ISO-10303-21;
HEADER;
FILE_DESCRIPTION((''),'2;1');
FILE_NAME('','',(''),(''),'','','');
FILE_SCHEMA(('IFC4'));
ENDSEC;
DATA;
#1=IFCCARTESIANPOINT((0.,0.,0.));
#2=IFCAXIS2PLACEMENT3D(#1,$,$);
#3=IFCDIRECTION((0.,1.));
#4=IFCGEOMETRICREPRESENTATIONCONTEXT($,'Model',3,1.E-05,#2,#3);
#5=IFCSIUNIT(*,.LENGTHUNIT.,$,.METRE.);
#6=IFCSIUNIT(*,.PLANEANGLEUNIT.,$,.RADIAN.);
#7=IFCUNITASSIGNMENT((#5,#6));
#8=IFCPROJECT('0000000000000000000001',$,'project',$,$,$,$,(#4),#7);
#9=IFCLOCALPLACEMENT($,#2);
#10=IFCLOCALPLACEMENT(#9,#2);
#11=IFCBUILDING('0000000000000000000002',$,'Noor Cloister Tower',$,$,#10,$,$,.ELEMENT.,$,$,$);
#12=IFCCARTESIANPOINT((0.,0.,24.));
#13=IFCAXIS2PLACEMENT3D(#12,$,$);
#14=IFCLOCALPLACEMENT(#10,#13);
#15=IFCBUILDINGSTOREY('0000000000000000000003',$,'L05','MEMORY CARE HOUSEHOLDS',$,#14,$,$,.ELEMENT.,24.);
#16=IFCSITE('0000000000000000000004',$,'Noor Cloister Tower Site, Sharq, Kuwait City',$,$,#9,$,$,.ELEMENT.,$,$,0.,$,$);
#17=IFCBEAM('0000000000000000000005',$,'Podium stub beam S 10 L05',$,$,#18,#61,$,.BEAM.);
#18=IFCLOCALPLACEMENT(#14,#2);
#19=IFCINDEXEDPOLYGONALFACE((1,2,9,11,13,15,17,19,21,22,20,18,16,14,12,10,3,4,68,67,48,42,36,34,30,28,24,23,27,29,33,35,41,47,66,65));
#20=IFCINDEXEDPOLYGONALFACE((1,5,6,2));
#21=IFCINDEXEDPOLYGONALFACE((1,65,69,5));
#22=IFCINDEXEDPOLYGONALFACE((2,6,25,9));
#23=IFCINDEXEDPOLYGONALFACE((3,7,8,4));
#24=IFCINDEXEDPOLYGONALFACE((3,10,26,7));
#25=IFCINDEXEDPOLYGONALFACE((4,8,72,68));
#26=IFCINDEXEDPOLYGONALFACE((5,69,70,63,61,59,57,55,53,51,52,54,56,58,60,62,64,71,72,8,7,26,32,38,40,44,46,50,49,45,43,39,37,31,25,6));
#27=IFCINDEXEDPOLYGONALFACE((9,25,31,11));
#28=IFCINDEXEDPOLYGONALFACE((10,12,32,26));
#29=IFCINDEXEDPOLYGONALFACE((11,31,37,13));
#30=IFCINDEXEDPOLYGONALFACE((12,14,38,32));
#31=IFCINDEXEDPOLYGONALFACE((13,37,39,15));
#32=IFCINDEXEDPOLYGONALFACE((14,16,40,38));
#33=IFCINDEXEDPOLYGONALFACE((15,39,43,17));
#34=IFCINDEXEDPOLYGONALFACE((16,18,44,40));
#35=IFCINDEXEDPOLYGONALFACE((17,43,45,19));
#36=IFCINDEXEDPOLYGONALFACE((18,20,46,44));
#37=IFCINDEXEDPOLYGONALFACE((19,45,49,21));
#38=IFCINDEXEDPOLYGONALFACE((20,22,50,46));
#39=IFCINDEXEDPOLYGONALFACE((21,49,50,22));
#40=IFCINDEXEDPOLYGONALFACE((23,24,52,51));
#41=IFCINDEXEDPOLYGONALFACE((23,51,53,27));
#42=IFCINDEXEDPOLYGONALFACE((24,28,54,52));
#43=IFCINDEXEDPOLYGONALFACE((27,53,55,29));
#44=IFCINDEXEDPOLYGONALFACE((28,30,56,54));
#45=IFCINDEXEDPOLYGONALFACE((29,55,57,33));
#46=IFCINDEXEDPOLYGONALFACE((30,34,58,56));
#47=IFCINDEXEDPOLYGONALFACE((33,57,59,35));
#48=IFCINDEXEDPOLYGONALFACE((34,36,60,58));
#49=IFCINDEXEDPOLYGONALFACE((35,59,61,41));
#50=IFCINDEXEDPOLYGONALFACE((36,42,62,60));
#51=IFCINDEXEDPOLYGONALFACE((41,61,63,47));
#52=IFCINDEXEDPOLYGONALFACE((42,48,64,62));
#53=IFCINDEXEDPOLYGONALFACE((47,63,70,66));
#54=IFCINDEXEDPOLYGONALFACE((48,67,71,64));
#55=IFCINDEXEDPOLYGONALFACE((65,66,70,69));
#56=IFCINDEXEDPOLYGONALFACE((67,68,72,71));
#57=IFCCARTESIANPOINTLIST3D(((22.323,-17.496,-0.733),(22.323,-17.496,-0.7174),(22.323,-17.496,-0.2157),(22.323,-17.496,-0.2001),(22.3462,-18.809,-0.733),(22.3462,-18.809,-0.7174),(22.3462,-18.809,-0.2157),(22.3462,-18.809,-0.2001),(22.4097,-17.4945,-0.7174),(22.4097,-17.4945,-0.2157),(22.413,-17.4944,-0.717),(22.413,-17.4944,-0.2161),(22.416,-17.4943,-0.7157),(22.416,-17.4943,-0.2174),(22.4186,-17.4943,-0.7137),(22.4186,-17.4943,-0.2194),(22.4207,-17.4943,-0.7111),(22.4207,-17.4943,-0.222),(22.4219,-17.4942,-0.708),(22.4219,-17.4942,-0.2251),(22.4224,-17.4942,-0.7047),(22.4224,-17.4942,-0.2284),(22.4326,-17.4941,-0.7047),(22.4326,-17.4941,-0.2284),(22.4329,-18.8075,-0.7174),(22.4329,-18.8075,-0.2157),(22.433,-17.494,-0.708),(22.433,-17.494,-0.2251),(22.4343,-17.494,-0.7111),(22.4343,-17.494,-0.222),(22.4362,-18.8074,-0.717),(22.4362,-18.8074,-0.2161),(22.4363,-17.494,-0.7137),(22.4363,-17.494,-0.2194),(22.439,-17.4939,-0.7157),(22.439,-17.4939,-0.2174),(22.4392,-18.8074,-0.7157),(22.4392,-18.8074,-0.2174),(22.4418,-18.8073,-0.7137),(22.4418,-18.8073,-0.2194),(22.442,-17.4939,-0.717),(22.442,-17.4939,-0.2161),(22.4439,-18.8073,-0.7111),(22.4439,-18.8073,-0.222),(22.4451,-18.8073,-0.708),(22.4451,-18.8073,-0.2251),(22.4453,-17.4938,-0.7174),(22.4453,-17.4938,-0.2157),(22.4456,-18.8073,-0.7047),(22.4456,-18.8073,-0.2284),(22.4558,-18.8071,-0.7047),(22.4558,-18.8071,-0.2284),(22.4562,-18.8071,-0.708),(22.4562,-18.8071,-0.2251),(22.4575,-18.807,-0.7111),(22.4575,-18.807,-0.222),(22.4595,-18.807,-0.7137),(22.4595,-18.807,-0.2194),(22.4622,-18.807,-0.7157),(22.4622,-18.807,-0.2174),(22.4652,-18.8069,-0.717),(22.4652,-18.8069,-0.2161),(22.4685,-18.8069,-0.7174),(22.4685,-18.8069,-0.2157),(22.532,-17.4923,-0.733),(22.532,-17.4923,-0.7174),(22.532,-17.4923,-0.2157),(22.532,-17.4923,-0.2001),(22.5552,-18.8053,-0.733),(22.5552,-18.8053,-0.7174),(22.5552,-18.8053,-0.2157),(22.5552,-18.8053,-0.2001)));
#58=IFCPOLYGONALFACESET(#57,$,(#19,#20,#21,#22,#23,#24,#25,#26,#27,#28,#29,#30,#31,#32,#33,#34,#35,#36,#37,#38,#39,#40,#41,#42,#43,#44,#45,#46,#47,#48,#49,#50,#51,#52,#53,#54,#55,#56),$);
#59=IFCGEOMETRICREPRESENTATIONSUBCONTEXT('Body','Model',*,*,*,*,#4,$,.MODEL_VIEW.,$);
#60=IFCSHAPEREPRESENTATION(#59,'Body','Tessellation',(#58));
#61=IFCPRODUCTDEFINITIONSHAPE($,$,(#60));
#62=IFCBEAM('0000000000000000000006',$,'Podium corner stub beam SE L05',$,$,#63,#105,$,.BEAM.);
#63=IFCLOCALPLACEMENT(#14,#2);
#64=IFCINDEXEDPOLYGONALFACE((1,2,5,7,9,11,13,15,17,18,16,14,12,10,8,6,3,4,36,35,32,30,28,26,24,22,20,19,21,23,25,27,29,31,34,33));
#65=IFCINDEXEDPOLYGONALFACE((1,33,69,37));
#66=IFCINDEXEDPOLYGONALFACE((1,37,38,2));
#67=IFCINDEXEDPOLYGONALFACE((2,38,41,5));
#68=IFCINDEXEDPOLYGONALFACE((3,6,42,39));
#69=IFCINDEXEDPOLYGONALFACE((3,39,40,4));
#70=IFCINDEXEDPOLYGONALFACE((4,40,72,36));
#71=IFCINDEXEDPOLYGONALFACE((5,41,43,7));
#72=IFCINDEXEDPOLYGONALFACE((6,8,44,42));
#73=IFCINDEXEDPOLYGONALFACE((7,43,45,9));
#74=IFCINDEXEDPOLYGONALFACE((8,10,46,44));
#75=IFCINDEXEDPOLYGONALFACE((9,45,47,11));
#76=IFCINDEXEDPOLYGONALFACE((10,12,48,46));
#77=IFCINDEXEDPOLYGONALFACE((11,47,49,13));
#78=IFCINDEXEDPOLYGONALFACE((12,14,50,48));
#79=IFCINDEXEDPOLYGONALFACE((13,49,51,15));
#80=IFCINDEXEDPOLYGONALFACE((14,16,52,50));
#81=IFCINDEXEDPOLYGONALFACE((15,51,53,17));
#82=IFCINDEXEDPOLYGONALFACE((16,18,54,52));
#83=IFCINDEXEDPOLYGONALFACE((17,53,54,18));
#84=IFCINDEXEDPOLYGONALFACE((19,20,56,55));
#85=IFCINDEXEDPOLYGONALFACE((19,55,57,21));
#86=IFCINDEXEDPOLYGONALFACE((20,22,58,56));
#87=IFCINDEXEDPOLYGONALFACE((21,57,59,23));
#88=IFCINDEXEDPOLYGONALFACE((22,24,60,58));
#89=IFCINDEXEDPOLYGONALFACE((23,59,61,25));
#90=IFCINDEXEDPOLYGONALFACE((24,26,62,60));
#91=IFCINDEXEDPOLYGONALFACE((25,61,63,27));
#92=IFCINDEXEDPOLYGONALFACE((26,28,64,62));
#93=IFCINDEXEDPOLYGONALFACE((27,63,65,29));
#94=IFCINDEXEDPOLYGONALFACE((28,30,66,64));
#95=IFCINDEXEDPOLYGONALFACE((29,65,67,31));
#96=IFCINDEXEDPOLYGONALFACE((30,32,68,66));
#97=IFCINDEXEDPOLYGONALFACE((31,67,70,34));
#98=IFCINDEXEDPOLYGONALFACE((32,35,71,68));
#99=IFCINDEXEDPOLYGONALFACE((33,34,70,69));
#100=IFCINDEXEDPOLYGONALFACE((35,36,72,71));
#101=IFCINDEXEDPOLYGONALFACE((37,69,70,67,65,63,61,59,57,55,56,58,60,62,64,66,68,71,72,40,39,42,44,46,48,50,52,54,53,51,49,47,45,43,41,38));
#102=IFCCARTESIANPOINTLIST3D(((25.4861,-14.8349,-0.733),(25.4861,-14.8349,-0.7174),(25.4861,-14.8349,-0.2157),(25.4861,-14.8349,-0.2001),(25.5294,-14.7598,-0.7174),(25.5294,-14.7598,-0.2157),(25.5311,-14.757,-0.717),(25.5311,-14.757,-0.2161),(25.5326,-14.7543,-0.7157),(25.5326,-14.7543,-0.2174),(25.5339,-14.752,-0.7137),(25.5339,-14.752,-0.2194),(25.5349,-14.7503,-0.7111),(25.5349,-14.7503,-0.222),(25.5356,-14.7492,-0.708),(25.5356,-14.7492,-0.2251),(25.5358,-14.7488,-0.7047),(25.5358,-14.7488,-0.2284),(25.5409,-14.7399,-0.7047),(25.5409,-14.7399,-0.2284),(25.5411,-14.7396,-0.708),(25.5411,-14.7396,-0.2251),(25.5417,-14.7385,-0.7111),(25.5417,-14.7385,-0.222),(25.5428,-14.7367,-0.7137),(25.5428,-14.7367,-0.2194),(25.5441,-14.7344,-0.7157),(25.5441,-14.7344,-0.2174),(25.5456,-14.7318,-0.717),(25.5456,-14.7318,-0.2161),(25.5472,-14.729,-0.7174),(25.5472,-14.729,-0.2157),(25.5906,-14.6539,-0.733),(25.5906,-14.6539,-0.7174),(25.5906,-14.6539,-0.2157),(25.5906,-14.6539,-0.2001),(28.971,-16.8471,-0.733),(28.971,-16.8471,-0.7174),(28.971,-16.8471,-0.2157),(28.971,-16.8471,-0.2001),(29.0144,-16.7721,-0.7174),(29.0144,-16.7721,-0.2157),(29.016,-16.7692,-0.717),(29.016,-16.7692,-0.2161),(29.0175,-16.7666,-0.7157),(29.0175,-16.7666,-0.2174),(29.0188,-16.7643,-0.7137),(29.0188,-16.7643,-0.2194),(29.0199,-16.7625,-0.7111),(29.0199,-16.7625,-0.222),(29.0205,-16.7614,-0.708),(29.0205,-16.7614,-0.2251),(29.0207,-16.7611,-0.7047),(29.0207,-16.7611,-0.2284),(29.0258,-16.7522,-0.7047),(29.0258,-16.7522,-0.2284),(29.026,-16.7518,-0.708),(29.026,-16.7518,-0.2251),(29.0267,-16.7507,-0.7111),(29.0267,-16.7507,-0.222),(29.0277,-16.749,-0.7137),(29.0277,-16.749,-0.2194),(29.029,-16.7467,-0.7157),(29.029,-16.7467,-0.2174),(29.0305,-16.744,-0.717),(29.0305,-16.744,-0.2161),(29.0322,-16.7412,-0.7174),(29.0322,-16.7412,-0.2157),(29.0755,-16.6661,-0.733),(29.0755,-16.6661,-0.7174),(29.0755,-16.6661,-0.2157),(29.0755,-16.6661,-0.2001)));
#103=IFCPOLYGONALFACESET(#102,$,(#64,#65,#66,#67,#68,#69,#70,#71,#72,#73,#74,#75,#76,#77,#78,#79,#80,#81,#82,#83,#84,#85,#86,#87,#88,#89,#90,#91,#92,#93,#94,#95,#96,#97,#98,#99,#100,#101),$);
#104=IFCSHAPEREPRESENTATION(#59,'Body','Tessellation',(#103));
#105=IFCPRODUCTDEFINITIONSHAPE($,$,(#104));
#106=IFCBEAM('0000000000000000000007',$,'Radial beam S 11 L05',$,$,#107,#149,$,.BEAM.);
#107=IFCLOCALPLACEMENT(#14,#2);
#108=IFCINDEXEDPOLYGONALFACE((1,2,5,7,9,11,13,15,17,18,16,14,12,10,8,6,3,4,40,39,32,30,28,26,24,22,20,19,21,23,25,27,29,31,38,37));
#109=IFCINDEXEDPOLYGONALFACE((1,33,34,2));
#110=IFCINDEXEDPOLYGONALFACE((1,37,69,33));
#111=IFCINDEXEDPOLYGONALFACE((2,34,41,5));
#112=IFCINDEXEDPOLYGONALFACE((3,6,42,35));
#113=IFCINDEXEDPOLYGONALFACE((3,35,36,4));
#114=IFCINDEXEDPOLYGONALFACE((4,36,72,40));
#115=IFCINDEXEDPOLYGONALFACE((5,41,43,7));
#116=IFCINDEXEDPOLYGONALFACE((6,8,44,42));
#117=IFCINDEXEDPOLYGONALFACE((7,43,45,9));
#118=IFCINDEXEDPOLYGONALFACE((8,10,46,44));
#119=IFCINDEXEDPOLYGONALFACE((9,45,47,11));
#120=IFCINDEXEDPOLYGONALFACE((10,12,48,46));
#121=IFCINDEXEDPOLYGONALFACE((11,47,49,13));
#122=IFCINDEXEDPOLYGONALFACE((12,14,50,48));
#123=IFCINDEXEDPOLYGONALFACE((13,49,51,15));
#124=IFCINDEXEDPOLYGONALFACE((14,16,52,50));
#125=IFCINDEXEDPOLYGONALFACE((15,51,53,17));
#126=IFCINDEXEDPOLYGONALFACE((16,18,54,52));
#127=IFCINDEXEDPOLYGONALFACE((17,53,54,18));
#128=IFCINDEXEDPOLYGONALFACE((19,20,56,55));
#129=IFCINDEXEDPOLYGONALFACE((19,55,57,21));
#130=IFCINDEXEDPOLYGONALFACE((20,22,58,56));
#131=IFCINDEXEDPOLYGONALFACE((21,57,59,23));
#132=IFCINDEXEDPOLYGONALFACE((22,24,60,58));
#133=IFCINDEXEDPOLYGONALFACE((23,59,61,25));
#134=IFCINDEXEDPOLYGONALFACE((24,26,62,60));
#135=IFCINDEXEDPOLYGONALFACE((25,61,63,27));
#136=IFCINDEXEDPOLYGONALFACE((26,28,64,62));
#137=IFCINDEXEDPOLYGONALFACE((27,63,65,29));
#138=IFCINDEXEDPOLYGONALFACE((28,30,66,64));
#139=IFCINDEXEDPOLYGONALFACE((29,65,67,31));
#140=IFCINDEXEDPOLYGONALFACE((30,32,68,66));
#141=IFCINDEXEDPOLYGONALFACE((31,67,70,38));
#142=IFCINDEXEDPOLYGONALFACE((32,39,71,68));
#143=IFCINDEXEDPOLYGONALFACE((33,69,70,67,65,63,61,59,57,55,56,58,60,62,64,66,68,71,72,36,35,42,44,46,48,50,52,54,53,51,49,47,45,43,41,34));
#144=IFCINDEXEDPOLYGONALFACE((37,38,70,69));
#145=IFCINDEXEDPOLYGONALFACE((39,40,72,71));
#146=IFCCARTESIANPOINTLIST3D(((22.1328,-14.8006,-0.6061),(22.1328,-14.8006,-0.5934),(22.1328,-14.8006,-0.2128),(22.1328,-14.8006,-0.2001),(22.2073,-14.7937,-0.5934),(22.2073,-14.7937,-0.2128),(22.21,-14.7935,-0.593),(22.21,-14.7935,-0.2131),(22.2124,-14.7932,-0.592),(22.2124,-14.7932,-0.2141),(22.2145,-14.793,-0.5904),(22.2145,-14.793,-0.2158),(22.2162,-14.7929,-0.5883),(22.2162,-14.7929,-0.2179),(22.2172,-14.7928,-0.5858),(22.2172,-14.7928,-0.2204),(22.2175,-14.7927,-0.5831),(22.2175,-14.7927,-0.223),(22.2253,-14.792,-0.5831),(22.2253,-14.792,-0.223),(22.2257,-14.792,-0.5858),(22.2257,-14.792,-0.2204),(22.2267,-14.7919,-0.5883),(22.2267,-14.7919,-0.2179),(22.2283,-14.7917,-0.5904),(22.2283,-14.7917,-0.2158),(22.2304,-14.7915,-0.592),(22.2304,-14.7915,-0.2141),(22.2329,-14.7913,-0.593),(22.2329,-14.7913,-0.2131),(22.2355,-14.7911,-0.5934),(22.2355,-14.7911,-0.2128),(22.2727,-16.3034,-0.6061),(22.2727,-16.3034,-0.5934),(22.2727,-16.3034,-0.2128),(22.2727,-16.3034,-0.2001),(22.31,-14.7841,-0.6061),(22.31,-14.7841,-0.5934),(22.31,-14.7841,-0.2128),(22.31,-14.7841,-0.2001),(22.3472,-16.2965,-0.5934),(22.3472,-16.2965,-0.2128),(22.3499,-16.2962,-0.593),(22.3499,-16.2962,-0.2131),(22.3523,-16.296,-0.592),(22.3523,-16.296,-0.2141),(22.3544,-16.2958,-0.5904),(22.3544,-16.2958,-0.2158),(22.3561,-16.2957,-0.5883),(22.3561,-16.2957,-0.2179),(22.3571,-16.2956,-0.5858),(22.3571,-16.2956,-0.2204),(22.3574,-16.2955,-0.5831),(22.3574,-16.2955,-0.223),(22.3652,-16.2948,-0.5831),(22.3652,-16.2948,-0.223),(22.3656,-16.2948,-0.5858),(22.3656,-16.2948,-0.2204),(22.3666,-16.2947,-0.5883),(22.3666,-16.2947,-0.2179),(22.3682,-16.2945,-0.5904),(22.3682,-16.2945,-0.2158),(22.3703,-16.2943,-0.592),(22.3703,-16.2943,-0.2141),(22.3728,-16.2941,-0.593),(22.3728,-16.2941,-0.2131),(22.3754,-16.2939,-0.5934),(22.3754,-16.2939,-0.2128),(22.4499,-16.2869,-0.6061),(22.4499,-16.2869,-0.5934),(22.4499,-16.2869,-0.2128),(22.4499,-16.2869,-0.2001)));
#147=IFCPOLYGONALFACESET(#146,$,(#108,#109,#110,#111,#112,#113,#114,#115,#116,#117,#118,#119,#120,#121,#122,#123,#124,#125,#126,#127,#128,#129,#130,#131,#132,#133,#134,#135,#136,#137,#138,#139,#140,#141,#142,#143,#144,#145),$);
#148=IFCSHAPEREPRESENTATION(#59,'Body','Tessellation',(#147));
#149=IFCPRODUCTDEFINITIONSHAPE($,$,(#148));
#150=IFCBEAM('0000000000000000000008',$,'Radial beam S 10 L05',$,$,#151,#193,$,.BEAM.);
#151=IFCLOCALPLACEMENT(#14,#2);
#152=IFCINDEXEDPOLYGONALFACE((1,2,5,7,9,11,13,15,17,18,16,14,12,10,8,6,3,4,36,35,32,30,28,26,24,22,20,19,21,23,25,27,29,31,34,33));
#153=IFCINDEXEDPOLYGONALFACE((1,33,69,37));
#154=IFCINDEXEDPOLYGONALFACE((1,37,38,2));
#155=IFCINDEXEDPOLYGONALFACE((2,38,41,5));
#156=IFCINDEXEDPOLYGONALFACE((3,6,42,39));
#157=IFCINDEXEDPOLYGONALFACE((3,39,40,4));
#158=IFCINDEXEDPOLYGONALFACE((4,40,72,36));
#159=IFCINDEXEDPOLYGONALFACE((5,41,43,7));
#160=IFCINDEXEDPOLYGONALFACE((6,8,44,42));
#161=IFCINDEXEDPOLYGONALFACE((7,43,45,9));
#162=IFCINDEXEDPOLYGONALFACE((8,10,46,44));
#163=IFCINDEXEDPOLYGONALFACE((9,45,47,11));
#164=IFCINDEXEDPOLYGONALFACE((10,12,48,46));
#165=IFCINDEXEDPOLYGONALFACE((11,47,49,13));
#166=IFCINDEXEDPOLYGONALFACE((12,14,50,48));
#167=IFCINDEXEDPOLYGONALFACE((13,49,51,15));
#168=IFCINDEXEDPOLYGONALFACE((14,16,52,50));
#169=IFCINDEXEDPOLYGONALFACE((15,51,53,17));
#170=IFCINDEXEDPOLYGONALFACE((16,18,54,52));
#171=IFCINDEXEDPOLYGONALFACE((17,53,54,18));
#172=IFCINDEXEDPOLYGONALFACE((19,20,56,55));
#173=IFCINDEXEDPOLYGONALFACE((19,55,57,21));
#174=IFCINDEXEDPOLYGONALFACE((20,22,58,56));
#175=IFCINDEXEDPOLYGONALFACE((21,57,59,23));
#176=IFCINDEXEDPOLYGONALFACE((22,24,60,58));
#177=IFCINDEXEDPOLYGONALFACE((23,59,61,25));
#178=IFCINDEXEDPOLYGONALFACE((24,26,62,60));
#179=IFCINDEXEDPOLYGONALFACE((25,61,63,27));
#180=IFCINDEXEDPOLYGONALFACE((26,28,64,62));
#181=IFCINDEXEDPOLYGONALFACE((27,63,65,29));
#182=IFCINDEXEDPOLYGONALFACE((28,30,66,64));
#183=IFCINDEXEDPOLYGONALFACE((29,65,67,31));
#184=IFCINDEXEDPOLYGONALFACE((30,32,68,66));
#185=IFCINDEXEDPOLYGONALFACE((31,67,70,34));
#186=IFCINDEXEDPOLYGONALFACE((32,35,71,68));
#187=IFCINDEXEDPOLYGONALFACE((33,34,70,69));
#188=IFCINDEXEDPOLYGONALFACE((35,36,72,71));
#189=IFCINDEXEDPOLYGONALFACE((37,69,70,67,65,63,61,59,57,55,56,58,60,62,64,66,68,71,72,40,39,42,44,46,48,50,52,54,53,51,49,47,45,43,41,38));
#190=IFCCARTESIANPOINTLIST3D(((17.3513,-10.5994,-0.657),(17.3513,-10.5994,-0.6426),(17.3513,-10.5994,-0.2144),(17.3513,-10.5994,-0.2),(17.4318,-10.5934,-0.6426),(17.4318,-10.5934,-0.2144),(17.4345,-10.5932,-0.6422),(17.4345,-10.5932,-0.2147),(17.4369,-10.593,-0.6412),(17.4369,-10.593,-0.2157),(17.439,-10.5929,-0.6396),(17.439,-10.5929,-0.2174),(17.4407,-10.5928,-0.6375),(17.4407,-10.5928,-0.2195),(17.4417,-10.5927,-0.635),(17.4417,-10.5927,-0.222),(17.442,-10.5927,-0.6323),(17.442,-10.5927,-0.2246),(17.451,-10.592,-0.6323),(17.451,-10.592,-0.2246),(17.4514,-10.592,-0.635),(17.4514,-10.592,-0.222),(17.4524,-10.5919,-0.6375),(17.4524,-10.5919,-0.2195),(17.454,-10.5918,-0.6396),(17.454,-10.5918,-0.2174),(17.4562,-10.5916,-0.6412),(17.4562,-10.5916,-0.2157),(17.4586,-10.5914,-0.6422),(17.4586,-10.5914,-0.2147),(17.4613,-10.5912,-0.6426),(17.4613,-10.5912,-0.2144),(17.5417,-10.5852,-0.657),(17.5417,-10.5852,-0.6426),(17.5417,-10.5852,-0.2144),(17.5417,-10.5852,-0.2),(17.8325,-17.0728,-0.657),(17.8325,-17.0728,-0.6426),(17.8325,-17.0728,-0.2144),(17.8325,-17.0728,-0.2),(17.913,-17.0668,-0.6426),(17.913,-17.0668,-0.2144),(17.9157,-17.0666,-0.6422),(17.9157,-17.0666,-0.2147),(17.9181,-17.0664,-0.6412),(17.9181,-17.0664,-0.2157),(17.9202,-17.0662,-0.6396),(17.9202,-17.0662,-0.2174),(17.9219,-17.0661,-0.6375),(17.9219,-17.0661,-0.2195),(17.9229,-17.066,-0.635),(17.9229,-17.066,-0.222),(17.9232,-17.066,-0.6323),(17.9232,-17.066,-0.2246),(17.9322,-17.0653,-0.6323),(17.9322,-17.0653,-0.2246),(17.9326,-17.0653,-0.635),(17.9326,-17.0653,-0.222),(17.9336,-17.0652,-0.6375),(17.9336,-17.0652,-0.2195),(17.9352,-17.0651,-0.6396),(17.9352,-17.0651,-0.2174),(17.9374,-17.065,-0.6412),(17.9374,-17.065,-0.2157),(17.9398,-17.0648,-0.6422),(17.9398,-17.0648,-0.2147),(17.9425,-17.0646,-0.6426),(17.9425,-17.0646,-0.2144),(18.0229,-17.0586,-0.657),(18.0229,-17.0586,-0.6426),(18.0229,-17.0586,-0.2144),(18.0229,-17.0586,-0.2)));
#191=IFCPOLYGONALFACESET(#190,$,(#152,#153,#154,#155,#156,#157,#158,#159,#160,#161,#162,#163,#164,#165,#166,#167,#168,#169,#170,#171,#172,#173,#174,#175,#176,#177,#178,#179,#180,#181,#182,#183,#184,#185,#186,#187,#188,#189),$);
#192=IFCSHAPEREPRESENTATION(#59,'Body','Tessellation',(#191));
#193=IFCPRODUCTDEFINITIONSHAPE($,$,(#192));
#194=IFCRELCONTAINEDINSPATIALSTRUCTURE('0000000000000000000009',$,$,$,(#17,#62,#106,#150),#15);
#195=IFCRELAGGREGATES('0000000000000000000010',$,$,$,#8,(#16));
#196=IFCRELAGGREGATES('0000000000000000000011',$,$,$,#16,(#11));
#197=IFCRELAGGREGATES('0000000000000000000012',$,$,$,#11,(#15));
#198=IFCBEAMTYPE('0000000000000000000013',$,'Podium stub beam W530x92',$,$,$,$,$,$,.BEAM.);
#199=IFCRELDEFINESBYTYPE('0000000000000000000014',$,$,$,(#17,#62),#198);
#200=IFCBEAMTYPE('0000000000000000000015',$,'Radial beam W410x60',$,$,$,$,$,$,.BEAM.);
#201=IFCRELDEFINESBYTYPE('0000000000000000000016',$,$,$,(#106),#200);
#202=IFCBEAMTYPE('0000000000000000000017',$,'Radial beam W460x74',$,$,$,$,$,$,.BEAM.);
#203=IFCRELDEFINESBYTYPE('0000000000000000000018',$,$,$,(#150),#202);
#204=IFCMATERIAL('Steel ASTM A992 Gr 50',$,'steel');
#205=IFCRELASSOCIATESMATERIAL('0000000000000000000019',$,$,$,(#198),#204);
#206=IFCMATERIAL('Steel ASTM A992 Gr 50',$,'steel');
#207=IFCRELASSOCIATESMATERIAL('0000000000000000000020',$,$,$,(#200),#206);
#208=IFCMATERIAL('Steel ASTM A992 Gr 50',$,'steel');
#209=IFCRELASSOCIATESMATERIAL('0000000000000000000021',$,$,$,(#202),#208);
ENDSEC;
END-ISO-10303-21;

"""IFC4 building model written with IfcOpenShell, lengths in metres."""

from ifc_helpers import new_model, si_unit, direction, frame, origin, origin_2d, place, context, subcontext, project, spatial, i_section, extrude, material, material_profile, profile_set, type_object, element, save


model = new_model("IFC4")

# Units and contexts
model_context = context("Model", 3, precision=1e-05, world=origin(), true_north=direction((0.0, 1.0)))
body_context = subcontext(model_context, "Body", "Model", "MODEL_VIEW")
ifc_project = project(units=[si_unit("LENGTHUNIT", "METRE"), si_unit("PLANEANGLEUNIT", "RADIAN")], contexts=[model_context])

# Site, building, storey
site_placement = place(None, origin())
site = spatial("IfcSite", under=ifc_project, at=site_placement, Name="Noor Cloister Tower Site, Sharq, Kuwait City", CompositionType="ELEMENT", RefElevation=0.0)
building_placement = place(site_placement, origin())
building = spatial("IfcBuilding", under=site, at=building_placement, Name="Noor Cloister Tower", CompositionType="ELEMENT")
storey_placement = place(building_placement, frame((0.0, 0.0, 24.0)))
storey = spatial("IfcBuildingStorey", under=building, at=storey_placement, Name="L05", Description="MEMORY CARE HOUSEHOLDS", CompositionType="ELEMENT", Elevation=24.0)

# Beams
ifc_material_1 = material(Name="Steel ASTM A992 Gr 50", Category="steel")
ifc_material_profile_1 = material_profile(ifc_material_1, i_section(OverallWidth=0.209, OverallDepth=0.533, WebThickness=0.0103, FlangeThickness=0.0156, FilletRadius=0.0127, at=origin_2d()), Name="W530x92")
ifc_profile_set_1 = profile_set([ifc_material_profile_1], Name="Steel ASTM A992 Gr 50")
beam_type_1 = type_object("IfcBeamType", Name="Podium stub beam W530x92", PredefinedType="BEAM", material=ifc_profile_set_1)
beam_1_placement = place(storey_placement, frame((22.4275, -17.4941, -0.4666), z_axis=(0.017662, -0.999844, 0.0), x_axis=(0.999844, 0.017662, 0.0)))
element("IfcBeam", 1, at=beam_1_placement, inside=storey, type_object=beam_type_1, Name="Podium stub beam S 10 L05", PredefinedType="BEAM", context=body_context, shape_type="SweptSolid", body=[
    extrude(i_section(OverallWidth=0.209, OverallDepth=0.533, WebThickness=0.0103, FlangeThickness=0.0156, FilletRadius=0.0127, at=origin_2d()), origin(), (0.0, 0.0, 1.0), 1.3132),
])
beam_2_placement = place(storey_placement, frame((25.5383, -14.7444, -0.4666), z_axis=(0.866002, -0.500041, 0.0), x_axis=(0.500041, 0.866002, 0.0)))
element("IfcBeam", 2, at=beam_2_placement, inside=storey, type_object=beam_type_1, Name="Podium corner stub beam SE L05", PredefinedType="BEAM", context=body_context, shape_type="SweptSolid", body=[
    extrude(i_section(OverallWidth=0.209, OverallDepth=0.533, WebThickness=0.0103, FlangeThickness=0.0156, FilletRadius=0.0127, at=origin_2d()), origin(), (0.0, 0.0, 1.0), 4.0242),
])
ifc_material_2 = material(Name="Steel ASTM A992 Gr 50", Category="steel")
ifc_material_profile_2 = material_profile(ifc_material_2, i_section(OverallWidth=0.178, OverallDepth=0.406, WebThickness=0.0078, FlangeThickness=0.0127, FilletRadius=0.0103, at=origin_2d()), Name="W410x60")
ifc_profile_set_2 = profile_set([ifc_material_profile_2], Name="Steel ASTM A992 Gr 50")
beam_type_2 = type_object("IfcBeamType", Name="Radial beam W410x60", PredefinedType="BEAM", material=ifc_profile_set_2)
beam_3_placement = place(storey_placement, frame((22.3613, -16.2952, -0.4031), z_axis=(-0.092694, 0.995695, 0.0), x_axis=(-0.995695, -0.092694, 0.0)))
element("IfcBeam", 3, at=beam_3_placement, inside=storey, type_object=beam_type_2, Name="Radial beam S 11 L05", PredefinedType="BEAM", context=body_context, shape_type="SweptSolid", body=[
    extrude(i_section(OverallWidth=0.178, OverallDepth=0.406, WebThickness=0.0078, FlangeThickness=0.0127, FilletRadius=0.0103, at=origin_2d()), origin(), (0.0, 0.0, 1.0), 1.5093),
])
ifc_material_3 = material(Name="Steel ASTM A992 Gr 50", Category="steel")
ifc_material_profile_3 = material_profile(ifc_material_3, i_section(OverallWidth=0.1909, OverallDepth=0.457, WebThickness=0.009, FlangeThickness=0.0144, FilletRadius=0.0103, at=origin_2d()), Name="W460x74")
ifc_profile_set_3 = profile_set([ifc_material_profile_3], Name="Steel ASTM A992 Gr 50")
beam_type_3 = type_object("IfcBeamType", Name="Radial beam W460x74", PredefinedType="BEAM", material=ifc_profile_set_3)
beam_4_placement = place(storey_placement, frame((17.9277, -17.0657, -0.4285), z_axis=(-0.074131, 0.997249, 0.0), x_axis=(-0.997249, -0.074131, 0.0)))
element("IfcBeam", 4, at=beam_4_placement, inside=storey, type_object=beam_type_3, Name="Radial beam S 10 L05", PredefinedType="BEAM", context=body_context, shape_type="SweptSolid", body=[
    extrude(i_section(OverallWidth=0.1909, OverallDepth=0.457, WebThickness=0.009, FlangeThickness=0.0144, FilletRadius=0.0103, at=origin_2d()), origin(), (0.0, 0.0, 1.0), 6.4912),
])

save(model, "model.ifc")
